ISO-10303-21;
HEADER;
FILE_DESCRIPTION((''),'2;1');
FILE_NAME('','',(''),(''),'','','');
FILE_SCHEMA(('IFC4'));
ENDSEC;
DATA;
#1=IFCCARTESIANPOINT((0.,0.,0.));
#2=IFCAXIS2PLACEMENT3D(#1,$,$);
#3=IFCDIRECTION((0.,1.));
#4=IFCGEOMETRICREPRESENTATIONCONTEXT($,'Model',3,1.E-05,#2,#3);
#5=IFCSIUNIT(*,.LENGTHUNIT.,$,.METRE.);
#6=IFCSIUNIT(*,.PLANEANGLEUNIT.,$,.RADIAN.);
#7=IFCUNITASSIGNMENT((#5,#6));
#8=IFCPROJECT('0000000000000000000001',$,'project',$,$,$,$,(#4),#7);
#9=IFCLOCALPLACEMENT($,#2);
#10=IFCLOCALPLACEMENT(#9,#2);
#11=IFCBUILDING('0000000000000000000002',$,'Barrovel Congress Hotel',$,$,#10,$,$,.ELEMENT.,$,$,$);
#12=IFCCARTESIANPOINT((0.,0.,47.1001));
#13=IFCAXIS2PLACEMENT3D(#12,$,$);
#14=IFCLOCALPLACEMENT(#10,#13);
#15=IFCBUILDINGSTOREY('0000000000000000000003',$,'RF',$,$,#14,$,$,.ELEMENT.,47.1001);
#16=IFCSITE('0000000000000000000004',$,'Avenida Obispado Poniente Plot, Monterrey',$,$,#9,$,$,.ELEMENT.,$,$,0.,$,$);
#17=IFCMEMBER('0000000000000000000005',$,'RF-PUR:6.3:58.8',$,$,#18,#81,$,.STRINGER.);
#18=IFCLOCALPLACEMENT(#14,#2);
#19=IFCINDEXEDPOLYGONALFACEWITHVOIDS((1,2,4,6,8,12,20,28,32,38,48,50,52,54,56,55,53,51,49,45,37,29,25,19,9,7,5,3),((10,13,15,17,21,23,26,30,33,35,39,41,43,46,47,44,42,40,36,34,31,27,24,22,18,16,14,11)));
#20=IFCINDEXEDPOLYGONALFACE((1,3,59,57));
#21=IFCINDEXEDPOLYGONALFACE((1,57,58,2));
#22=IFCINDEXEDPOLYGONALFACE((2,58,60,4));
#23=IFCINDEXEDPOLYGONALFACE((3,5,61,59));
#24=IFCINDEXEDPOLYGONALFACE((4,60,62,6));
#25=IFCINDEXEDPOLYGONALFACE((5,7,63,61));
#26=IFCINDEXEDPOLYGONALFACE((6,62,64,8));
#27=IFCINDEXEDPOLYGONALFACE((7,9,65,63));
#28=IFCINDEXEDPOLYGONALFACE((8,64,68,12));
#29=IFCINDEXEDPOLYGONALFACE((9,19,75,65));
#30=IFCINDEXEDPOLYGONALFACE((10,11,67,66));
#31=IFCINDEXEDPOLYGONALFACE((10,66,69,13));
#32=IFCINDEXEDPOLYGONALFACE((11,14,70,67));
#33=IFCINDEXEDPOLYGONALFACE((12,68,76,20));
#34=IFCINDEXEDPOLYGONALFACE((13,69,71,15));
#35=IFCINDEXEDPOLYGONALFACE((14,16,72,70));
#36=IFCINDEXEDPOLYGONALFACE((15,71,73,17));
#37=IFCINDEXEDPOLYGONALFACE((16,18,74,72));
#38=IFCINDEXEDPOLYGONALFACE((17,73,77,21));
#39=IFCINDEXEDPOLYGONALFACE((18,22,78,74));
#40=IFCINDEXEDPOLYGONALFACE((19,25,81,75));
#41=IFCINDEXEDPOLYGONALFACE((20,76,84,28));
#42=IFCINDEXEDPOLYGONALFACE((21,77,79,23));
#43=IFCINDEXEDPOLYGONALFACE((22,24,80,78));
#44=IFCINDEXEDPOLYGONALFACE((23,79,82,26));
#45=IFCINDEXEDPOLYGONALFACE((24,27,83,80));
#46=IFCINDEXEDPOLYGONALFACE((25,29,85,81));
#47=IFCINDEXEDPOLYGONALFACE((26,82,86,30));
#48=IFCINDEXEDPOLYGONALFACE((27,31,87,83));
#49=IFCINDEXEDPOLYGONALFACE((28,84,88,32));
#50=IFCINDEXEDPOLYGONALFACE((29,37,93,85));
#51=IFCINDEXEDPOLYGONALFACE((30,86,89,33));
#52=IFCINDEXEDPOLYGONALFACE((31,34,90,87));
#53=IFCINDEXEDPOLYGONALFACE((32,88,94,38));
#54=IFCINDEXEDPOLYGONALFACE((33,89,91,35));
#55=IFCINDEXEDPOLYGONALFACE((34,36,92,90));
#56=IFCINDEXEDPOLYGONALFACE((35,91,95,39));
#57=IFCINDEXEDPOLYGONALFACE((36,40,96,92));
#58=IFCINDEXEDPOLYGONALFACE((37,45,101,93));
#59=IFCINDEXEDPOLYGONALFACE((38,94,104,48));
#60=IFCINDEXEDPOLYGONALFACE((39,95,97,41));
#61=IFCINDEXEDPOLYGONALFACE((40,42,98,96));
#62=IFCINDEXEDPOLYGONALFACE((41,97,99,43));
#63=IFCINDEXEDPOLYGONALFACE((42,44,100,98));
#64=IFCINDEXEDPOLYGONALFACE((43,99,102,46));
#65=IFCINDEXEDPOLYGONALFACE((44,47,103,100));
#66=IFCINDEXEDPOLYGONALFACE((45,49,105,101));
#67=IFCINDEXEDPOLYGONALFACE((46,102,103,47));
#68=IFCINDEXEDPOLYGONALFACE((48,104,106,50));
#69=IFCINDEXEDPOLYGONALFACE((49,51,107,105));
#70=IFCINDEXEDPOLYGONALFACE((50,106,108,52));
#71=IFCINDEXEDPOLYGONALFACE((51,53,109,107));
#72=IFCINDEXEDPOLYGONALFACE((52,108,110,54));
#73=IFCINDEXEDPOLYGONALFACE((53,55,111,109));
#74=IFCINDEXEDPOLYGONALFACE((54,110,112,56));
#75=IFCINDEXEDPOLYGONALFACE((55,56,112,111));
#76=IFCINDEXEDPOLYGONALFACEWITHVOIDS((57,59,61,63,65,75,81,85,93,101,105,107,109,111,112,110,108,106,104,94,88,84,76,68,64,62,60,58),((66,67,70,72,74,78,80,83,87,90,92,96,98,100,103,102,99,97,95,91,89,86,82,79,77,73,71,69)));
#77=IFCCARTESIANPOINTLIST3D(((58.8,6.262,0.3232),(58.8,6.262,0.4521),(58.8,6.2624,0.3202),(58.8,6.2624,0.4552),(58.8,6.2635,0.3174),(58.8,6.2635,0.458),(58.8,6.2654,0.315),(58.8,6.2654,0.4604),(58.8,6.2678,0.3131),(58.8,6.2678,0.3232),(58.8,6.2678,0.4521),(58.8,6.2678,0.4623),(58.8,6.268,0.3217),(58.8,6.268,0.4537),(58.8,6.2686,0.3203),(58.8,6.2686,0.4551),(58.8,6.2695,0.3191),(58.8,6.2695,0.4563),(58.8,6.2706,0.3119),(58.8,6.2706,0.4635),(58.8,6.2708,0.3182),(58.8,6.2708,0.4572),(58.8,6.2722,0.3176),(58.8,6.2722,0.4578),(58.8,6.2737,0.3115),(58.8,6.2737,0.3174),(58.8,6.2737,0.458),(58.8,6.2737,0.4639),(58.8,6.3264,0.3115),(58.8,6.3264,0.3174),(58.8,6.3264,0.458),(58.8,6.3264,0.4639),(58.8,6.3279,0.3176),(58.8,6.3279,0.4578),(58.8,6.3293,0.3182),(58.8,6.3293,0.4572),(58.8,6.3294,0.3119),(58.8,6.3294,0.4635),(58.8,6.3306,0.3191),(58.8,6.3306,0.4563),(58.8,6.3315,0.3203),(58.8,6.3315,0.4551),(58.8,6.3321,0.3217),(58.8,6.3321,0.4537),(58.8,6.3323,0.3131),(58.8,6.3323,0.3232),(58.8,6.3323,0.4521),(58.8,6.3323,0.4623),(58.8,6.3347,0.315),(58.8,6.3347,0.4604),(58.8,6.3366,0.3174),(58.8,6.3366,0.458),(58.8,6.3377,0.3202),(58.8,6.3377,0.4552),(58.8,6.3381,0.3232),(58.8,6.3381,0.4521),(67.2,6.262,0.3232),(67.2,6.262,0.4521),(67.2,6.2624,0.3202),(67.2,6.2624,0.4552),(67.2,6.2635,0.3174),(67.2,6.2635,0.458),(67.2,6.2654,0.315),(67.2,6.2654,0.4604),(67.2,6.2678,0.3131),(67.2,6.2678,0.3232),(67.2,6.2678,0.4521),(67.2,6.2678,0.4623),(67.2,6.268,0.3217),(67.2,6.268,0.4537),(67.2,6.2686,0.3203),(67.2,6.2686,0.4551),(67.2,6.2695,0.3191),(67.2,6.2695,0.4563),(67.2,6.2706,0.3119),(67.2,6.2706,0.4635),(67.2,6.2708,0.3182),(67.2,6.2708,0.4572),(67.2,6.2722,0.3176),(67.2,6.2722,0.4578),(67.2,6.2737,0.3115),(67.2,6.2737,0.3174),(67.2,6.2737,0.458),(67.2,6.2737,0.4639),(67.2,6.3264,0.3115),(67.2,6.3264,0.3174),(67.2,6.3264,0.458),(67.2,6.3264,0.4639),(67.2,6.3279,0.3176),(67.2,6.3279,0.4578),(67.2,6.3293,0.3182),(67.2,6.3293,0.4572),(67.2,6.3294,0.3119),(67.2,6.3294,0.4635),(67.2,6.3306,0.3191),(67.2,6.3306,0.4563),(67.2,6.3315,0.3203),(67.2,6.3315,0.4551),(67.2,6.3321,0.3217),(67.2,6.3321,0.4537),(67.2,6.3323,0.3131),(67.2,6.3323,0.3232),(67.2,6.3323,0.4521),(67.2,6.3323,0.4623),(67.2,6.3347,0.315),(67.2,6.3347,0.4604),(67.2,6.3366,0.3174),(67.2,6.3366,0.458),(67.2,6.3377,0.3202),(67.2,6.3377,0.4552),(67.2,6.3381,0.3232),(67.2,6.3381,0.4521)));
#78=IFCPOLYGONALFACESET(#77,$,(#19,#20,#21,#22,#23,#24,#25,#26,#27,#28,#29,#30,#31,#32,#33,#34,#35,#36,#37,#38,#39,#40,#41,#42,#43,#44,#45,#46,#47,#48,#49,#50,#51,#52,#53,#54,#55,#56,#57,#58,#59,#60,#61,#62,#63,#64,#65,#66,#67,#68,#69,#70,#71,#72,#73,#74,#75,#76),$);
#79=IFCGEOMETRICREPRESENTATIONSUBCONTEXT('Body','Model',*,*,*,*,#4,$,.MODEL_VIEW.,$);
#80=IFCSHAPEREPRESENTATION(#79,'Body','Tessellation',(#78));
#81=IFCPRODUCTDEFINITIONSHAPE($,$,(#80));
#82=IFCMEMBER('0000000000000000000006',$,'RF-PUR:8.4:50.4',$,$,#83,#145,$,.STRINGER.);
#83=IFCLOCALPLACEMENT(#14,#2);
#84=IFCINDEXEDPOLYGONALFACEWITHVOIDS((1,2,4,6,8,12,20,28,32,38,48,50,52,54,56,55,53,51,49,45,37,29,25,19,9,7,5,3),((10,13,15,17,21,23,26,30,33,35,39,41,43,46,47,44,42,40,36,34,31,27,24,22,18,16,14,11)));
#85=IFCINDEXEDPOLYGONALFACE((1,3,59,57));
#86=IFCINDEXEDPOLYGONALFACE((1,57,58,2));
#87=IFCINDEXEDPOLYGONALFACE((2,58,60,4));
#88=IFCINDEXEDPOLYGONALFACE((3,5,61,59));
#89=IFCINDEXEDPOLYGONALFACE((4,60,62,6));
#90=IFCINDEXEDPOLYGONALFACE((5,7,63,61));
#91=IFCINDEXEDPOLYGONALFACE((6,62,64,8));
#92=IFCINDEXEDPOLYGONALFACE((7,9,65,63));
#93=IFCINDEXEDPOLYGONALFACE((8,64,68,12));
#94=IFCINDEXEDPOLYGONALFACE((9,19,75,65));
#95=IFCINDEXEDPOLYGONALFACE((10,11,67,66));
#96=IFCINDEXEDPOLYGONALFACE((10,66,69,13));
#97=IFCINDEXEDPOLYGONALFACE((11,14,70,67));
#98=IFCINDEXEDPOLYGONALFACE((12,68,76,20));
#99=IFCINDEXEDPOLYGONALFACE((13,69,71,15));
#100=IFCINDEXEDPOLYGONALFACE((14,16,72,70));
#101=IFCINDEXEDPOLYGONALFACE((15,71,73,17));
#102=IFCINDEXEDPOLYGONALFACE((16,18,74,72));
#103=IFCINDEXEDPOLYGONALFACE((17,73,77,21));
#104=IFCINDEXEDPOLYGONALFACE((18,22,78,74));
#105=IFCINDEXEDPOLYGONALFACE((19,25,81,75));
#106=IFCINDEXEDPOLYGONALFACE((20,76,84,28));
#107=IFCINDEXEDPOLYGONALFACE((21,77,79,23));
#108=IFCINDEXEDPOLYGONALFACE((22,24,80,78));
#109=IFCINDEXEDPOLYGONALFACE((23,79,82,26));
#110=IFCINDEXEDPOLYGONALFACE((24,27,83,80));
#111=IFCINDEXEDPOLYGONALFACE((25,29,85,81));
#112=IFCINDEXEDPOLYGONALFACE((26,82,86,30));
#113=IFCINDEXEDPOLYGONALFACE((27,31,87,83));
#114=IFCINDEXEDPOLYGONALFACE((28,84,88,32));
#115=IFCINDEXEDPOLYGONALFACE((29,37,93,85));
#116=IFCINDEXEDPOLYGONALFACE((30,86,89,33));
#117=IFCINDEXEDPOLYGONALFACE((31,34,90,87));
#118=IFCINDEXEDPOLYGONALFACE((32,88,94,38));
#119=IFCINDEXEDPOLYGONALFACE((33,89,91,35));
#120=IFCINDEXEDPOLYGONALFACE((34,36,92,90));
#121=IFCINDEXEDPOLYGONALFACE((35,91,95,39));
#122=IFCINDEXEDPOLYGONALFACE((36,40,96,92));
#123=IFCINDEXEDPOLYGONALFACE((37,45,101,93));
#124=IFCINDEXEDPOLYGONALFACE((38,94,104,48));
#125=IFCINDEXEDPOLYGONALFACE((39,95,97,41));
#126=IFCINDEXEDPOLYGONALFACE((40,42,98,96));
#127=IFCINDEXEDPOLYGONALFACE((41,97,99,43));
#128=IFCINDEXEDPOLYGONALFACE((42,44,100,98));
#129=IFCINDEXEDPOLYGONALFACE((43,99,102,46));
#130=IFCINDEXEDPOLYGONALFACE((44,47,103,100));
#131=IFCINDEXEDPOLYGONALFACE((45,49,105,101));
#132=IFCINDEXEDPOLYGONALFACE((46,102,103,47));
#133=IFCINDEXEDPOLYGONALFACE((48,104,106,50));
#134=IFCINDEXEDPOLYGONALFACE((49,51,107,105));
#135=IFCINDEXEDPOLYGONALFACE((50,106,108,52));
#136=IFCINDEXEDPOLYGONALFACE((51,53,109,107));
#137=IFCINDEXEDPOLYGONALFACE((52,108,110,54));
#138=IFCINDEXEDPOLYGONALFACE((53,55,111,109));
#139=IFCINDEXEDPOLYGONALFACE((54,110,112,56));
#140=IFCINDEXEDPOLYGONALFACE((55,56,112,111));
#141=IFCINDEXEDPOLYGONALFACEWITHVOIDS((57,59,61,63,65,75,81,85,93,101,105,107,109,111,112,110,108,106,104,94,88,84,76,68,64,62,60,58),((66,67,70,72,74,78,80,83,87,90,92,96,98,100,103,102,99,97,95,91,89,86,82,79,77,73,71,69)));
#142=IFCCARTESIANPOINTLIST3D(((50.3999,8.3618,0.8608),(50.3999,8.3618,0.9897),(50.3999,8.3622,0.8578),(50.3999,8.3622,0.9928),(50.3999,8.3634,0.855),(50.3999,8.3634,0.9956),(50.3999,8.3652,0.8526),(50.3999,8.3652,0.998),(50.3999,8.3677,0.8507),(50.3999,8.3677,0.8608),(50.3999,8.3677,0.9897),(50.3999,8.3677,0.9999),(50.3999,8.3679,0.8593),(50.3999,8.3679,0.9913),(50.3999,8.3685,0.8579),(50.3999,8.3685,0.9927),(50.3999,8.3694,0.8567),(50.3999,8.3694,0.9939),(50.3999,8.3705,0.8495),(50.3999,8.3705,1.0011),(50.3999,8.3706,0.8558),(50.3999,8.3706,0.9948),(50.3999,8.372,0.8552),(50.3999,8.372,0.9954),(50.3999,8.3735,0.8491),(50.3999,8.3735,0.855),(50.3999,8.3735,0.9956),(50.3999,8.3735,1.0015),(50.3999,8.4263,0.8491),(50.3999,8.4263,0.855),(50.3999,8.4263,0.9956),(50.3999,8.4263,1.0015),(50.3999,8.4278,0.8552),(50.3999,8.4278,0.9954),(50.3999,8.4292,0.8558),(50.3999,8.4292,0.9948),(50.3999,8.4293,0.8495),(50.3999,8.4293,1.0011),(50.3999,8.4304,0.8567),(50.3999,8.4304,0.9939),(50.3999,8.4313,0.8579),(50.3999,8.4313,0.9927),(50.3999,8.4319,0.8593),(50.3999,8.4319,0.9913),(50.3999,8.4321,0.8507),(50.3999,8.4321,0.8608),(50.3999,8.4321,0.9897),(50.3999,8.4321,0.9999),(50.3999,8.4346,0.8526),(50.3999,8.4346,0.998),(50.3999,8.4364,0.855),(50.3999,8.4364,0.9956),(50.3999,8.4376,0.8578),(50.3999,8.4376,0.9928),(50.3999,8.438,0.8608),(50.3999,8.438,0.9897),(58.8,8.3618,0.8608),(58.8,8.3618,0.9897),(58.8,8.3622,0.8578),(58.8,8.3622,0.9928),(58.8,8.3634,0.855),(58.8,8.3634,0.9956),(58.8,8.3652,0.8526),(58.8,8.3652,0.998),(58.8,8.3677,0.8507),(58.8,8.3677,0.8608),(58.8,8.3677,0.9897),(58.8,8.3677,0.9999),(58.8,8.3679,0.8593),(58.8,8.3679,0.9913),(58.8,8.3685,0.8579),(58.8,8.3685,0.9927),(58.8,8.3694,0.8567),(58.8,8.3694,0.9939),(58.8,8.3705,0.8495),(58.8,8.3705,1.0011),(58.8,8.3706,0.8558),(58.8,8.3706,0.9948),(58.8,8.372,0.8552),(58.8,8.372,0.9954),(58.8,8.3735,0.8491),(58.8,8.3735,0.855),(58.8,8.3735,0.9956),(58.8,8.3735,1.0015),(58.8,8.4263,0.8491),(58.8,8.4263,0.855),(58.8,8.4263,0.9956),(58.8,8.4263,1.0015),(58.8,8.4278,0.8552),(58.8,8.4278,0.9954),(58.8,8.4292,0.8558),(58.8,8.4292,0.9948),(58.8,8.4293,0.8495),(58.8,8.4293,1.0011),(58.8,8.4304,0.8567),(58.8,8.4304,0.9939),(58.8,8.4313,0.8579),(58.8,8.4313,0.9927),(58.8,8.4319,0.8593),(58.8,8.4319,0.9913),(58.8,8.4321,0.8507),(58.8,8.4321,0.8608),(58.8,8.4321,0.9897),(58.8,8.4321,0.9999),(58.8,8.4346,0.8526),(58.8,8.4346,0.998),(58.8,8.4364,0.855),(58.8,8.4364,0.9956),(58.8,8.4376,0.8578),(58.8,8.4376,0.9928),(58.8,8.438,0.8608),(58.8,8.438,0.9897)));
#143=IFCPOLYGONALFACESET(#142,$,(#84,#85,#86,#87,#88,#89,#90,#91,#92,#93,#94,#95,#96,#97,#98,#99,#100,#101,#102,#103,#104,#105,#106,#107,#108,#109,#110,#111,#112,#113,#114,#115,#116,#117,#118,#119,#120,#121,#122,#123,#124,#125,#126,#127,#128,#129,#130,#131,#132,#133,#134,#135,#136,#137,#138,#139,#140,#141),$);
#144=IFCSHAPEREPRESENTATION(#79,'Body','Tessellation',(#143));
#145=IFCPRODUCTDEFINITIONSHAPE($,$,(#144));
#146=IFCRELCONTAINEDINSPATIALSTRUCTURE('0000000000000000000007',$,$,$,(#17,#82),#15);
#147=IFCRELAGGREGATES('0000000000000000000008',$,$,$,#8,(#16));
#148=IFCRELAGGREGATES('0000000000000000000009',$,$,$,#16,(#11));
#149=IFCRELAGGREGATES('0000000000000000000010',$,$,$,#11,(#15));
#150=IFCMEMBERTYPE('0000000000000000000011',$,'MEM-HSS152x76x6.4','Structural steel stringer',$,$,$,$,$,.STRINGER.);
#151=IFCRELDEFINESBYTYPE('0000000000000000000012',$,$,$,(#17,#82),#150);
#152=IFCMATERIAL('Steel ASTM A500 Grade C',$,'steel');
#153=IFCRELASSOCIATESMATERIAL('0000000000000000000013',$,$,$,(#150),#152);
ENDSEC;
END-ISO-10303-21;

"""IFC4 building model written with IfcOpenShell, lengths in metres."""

from ifc_helpers import new_model, si_unit, direction, frame, origin, origin_2d, place, context, subcontext, project, spatial, hollow_rectangle, extrude, material, material_profile, profile_set, type_object, element, save


model = new_model("IFC4")

# Units and contexts
model_context = context("Model", 3, precision=1e-05, world=origin(), true_north=direction((0.0, 1.0)))
body_context = subcontext(model_context, "Body", "Model", "MODEL_VIEW")
ifc_project = project(units=[si_unit("LENGTHUNIT", "METRE"), si_unit("PLANEANGLEUNIT", "RADIAN")], contexts=[model_context])

# Site, building, storey
site_placement = place(None, origin())
site = spatial("IfcSite", under=ifc_project, at=site_placement, Name="Avenida Obispado Poniente Plot, Monterrey", CompositionType="ELEMENT", RefElevation=0.0)
building_placement = place(site_placement, origin())
building = spatial("IfcBuilding", under=site, at=building_placement, Name="Barrovel Congress Hotel", CompositionType="ELEMENT")
storey_placement = place(building_placement, frame((0.0, 0.0, 47.1001)))
storey = spatial("IfcBuildingStorey", under=building, at=storey_placement, Name="RF", CompositionType="ELEMENT", Elevation=47.1001)

# Members
ifc_material_1 = material(Name="Steel ASTM A500 Grade C", Category="steel")
ifc_material_profile_1 = material_profile(ifc_material_1, hollow_rectangle(XDim=0.0762, YDim=0.1523, WallThickness=0.0059, InnerFilletRadius=0.0059, OuterFilletRadius=0.0117, at=origin_2d()), Name="HSS152x76x6.4")
ifc_profile_set_1 = profile_set([ifc_material_profile_1], Name="Steel ASTM A500 Grade C")
member_type_1 = type_object("IfcMemberType", Name="MEM-HSS152x76x6.4", Description="Structural steel stringer", PredefinedType="STRINGER", material=ifc_profile_set_1)
member_1_placement = place(storey_placement, frame((58.8, 6.3, 0.3877), z_axis=(1.0, 0.0, 0.0), x_axis=(0.0, 1.0, 0.0)))
element("IfcMember", 1, at=member_1_placement, inside=storey, type_object=member_type_1, Name="RF-PUR:6.3:58.8", PredefinedType="STRINGER", context=body_context, shape_type="SweptSolid", body=[
    extrude(hollow_rectangle(XDim=0.0762, YDim=0.1523, WallThickness=0.0059, InnerFilletRadius=0.0059, OuterFilletRadius=0.0117, at=origin_2d()), origin(), (0.0, 0.0, 1.0), 8.3999),
])
member_2_placement = place(storey_placement, frame((50.3999, 8.3999, 0.9253), z_axis=(1.0, 0.0, 0.0), x_axis=(0.0, 1.0, 0.0)))
element("IfcMember", 2, at=member_2_placement, inside=storey, type_object=member_type_1, Name="RF-PUR:8.4:50.4", PredefinedType="STRINGER", context=body_context, shape_type="SweptSolid", body=[
    extrude(hollow_rectangle(XDim=0.0762, YDim=0.1523, WallThickness=0.0059, InnerFilletRadius=0.0059, OuterFilletRadius=0.0117, at=origin_2d()), origin(), (0.0, 0.0, 1.0), 8.4001),
])

save(model, "model.ifc")
